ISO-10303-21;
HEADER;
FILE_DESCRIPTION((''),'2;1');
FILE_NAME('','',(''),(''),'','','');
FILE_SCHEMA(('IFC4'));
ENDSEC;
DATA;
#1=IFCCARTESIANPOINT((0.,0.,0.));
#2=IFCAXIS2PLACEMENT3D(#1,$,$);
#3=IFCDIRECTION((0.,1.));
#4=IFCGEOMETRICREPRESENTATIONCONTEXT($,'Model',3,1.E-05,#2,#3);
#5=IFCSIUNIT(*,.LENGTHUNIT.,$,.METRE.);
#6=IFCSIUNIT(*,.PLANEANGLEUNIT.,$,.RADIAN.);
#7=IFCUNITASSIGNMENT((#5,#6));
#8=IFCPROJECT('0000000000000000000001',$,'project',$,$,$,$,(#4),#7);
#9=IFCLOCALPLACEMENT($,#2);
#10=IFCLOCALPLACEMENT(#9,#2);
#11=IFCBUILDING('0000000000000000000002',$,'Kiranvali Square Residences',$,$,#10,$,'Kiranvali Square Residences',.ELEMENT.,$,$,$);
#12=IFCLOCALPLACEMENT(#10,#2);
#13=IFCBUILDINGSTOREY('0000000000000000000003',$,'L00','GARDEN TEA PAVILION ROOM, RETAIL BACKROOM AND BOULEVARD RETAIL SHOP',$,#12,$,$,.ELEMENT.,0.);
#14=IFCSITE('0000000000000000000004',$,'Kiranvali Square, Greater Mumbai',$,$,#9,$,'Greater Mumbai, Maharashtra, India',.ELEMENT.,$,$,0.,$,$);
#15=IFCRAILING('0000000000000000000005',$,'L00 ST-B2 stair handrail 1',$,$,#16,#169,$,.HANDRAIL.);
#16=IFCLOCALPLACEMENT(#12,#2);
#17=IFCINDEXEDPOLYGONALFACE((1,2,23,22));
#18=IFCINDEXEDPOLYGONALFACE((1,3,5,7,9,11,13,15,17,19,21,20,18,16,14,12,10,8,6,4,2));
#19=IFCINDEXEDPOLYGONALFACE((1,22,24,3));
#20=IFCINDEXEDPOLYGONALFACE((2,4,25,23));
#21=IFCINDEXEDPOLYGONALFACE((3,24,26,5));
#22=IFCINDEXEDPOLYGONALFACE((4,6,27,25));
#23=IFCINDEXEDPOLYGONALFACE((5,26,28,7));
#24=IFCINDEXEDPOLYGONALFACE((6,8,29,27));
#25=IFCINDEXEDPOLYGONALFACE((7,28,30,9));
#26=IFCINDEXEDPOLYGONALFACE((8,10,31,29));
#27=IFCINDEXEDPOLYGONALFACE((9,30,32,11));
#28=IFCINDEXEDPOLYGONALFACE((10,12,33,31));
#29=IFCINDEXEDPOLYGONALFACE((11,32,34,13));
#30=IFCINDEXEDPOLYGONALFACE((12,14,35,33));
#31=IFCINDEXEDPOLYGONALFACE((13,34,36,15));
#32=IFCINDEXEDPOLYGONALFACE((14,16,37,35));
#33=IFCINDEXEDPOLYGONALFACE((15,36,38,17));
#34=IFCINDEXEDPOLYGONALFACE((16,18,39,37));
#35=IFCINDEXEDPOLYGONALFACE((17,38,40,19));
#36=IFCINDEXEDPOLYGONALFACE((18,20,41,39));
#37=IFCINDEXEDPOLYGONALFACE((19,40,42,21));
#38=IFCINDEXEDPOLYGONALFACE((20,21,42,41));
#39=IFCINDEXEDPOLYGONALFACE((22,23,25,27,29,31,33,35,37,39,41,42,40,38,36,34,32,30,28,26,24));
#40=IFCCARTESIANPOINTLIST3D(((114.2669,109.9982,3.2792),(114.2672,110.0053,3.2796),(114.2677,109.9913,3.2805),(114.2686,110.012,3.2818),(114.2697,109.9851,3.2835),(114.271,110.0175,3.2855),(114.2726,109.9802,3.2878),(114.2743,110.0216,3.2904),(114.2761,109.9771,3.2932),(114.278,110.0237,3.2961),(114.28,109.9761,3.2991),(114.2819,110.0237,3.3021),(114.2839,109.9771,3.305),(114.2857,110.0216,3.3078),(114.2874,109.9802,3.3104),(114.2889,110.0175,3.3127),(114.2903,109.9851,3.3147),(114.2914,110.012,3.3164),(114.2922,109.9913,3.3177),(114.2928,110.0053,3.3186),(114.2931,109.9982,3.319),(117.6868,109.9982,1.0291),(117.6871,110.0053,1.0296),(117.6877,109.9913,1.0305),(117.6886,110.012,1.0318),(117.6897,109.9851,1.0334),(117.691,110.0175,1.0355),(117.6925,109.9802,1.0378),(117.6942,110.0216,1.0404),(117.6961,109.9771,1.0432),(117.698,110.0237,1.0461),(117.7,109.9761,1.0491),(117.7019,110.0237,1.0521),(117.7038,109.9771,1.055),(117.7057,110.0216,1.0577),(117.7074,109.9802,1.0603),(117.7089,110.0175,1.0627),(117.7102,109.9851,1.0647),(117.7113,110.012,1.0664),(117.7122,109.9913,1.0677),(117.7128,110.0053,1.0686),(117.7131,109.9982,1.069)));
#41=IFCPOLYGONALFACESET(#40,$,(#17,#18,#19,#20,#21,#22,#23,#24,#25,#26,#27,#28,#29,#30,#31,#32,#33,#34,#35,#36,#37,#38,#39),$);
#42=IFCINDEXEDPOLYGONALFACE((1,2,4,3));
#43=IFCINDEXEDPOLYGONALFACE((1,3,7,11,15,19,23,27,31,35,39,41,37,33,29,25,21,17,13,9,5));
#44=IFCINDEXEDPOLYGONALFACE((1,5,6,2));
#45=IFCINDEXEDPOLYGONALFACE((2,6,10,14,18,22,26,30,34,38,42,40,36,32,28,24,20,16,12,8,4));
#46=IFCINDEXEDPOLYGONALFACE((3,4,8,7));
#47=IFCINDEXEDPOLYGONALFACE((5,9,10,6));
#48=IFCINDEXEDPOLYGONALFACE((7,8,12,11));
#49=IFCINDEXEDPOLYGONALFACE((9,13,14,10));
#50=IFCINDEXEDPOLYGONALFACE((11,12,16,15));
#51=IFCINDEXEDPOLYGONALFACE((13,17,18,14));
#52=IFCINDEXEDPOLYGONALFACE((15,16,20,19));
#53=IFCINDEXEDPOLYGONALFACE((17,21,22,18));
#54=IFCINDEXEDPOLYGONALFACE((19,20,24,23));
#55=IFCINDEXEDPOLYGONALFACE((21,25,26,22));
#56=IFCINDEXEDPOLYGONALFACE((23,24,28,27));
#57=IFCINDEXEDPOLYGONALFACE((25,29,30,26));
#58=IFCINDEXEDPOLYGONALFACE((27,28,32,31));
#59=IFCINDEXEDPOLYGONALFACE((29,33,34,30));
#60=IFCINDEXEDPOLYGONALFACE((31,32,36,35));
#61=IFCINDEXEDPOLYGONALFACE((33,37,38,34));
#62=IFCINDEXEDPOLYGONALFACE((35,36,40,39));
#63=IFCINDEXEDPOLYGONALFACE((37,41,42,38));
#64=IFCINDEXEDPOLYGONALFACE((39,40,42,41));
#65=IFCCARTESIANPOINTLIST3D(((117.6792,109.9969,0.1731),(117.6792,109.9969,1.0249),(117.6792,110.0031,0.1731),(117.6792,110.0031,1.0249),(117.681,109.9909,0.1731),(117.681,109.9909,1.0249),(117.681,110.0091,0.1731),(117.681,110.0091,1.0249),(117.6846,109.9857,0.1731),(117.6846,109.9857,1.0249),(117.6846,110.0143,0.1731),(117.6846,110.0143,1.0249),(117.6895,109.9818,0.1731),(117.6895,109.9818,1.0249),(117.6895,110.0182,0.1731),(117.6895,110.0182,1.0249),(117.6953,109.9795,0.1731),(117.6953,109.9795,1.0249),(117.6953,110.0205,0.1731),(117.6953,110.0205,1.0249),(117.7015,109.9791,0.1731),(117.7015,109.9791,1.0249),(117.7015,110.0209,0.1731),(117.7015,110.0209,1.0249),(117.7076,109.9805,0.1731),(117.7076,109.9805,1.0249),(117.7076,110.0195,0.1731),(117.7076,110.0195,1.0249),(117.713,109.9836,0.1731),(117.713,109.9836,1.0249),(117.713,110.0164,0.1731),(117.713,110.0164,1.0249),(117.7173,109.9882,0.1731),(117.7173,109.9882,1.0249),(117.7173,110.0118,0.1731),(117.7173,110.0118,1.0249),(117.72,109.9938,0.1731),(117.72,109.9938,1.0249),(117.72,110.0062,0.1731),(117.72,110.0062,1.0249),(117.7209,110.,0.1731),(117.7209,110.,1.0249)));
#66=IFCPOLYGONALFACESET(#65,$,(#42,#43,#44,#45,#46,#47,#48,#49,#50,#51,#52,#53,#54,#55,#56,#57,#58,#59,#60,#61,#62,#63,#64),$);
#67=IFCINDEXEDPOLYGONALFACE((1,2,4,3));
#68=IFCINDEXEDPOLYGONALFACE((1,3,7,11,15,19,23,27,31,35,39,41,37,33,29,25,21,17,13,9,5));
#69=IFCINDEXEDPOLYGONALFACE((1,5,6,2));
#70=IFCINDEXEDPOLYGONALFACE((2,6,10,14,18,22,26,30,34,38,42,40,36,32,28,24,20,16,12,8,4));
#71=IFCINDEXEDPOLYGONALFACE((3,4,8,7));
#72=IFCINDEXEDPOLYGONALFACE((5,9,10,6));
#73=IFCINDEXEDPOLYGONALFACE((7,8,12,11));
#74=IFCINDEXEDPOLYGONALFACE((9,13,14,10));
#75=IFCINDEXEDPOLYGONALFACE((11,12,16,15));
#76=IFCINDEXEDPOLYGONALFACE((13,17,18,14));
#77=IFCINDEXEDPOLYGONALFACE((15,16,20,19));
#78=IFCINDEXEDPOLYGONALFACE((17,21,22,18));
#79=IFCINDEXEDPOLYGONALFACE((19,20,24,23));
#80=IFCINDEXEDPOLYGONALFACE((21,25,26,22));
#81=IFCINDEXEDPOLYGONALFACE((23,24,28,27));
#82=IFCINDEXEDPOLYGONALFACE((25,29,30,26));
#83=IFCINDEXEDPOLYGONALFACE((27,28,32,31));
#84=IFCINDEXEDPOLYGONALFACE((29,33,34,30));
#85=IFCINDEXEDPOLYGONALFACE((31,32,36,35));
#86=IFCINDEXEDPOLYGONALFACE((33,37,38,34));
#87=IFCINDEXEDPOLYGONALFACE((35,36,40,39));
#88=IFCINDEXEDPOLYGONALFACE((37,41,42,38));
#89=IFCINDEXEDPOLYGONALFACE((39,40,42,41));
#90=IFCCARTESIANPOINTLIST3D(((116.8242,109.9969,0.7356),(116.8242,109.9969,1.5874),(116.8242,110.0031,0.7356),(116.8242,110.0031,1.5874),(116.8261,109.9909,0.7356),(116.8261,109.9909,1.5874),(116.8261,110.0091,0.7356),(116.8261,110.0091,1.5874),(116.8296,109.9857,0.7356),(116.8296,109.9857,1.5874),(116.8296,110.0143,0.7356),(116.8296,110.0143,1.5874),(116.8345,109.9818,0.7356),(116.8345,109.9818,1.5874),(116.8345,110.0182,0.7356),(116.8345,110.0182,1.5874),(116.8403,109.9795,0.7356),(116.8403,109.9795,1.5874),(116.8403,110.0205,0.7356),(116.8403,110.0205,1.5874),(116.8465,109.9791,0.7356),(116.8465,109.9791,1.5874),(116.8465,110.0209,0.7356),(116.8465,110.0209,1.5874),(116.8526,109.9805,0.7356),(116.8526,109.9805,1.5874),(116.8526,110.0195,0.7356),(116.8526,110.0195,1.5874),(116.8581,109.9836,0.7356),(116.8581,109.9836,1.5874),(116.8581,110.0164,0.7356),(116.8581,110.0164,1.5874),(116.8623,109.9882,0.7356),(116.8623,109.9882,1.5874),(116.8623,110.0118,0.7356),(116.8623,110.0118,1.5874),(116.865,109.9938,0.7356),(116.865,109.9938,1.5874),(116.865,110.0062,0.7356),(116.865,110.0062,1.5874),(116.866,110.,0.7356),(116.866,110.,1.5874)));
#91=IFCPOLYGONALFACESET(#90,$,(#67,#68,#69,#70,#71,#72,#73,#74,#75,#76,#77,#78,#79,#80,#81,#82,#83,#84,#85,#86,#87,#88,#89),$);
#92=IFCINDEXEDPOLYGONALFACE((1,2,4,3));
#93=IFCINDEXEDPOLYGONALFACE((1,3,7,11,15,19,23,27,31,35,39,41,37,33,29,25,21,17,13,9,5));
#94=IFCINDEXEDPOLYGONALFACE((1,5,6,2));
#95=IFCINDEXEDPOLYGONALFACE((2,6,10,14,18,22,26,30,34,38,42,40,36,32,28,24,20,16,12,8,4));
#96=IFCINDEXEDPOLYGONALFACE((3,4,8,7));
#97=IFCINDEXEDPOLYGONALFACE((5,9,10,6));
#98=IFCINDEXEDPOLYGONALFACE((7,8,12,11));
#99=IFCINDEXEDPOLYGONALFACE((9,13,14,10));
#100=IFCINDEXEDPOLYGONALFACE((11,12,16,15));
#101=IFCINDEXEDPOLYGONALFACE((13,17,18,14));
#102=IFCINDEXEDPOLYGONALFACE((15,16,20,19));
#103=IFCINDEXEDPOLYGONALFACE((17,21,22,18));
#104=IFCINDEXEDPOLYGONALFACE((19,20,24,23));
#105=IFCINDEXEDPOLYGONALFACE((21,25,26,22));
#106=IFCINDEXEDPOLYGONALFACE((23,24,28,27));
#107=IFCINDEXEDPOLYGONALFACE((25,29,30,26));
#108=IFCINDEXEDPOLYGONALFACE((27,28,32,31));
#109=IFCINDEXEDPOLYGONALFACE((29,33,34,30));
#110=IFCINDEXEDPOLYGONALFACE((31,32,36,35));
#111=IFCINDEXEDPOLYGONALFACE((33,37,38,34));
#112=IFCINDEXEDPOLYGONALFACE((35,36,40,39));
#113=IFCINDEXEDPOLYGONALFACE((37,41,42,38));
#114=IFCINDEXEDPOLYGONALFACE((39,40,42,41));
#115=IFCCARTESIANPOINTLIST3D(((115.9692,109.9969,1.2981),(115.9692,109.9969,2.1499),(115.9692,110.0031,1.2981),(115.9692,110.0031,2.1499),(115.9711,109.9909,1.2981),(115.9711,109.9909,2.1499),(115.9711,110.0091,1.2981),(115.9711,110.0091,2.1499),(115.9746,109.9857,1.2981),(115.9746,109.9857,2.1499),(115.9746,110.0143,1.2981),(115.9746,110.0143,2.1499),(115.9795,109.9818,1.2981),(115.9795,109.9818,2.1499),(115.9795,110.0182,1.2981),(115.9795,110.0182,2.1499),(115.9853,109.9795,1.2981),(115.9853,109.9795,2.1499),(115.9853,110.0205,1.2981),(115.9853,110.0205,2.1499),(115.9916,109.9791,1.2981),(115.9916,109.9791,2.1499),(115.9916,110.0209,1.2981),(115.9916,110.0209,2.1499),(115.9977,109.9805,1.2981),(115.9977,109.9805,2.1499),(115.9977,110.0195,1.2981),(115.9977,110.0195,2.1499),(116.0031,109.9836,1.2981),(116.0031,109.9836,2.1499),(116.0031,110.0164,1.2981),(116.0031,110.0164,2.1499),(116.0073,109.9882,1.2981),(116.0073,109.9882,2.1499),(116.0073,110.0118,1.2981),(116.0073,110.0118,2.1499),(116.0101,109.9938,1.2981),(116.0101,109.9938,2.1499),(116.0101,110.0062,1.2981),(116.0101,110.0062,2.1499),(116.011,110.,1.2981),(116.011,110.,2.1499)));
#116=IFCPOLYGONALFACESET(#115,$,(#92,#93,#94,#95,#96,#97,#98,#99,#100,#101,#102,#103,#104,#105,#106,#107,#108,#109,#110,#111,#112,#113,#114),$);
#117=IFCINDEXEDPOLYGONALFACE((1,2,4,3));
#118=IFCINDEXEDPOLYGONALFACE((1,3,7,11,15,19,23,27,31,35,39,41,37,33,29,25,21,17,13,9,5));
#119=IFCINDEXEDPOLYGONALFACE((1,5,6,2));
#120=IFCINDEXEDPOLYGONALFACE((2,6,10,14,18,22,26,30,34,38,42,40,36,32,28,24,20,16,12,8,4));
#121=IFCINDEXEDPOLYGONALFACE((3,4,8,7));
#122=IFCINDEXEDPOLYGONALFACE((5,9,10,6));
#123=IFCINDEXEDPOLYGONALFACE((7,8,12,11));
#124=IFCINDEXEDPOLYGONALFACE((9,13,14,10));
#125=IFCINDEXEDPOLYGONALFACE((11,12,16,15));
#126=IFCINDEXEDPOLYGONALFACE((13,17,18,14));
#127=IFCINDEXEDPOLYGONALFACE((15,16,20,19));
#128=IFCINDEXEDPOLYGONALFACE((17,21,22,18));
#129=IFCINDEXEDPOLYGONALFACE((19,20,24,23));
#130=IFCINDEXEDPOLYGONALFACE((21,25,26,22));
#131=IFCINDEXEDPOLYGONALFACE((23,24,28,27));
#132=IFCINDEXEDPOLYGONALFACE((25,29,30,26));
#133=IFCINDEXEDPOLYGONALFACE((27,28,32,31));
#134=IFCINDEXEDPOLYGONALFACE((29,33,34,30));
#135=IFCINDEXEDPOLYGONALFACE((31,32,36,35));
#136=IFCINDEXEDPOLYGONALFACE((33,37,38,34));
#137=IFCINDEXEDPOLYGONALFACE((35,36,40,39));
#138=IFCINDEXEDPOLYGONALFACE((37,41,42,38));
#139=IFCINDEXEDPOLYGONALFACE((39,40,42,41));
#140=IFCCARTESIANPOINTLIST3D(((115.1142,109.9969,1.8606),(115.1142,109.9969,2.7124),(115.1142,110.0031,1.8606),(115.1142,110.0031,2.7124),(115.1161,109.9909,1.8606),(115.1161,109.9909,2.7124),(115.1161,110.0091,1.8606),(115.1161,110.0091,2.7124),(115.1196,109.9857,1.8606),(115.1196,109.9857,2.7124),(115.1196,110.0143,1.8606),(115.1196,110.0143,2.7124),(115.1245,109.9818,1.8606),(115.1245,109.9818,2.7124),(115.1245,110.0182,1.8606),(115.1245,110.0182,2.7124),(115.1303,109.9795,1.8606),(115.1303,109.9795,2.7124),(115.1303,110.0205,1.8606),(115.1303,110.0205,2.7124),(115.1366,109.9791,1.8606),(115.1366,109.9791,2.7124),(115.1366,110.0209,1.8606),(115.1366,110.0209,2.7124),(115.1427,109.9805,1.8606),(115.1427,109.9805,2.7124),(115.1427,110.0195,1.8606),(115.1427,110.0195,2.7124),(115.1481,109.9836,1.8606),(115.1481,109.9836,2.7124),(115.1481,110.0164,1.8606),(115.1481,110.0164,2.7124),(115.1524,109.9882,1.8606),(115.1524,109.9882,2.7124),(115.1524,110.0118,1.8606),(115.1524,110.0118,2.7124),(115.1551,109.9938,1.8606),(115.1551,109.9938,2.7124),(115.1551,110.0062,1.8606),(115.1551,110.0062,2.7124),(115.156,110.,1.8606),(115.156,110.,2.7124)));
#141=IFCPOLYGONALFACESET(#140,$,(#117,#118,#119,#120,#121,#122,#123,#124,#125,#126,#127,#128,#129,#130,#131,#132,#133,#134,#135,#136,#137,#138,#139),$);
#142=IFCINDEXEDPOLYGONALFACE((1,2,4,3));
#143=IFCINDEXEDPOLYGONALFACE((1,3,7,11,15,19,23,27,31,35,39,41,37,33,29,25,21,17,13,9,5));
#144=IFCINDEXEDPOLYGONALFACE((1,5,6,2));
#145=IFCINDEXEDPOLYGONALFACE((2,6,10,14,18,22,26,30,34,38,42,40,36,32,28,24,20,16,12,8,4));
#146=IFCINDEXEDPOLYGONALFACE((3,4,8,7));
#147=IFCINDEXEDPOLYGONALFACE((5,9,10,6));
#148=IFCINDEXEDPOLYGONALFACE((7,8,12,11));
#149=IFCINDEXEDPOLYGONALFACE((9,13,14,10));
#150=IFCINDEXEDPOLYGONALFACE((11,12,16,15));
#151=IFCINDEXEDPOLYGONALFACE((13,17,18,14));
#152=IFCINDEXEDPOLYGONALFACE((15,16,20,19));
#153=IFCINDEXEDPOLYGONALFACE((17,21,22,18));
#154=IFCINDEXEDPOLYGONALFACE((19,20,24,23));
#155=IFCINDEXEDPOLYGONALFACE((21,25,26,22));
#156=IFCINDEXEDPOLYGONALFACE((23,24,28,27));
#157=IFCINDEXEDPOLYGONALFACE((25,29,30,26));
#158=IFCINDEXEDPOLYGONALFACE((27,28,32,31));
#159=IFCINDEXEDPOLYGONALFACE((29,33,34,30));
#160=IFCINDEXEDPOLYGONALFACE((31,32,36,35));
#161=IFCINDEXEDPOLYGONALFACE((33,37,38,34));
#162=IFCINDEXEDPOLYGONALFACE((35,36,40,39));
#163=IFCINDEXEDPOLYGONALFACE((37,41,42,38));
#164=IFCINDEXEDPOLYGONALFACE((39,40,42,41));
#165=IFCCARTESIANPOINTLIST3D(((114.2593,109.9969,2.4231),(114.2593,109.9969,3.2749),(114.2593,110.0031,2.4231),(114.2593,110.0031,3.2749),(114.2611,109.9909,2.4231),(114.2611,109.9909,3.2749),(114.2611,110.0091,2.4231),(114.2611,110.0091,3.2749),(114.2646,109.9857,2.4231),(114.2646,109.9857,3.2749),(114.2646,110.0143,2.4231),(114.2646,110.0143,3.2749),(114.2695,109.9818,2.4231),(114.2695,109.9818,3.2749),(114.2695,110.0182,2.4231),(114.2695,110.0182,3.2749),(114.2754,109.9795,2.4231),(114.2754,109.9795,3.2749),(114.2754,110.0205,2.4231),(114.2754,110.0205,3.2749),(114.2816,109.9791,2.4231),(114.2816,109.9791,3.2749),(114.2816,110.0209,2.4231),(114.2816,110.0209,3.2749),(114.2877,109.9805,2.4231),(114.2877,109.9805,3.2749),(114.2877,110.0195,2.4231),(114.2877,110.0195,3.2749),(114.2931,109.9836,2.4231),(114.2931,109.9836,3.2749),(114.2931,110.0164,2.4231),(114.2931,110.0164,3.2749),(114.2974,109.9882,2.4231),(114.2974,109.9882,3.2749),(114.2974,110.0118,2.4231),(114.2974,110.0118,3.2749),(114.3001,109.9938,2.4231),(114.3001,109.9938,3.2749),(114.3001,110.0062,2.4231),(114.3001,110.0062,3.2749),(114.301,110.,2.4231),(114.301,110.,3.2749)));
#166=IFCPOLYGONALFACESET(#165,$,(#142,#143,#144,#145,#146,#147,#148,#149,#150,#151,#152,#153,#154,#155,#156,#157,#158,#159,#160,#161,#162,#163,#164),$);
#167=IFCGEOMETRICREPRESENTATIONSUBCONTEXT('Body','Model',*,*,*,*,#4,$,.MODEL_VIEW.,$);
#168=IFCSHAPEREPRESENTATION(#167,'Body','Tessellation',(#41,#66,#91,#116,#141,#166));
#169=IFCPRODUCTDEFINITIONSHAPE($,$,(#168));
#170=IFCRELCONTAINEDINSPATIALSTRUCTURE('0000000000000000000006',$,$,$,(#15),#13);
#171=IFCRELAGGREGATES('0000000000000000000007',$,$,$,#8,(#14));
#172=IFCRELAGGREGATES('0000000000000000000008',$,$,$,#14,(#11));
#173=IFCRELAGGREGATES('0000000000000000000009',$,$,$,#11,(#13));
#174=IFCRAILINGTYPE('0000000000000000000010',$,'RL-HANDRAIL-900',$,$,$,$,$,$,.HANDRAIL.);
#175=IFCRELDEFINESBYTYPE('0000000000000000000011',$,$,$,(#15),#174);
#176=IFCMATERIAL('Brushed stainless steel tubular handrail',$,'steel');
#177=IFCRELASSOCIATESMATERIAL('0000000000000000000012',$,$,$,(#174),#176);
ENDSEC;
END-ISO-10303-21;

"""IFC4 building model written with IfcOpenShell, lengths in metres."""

from ifc_helpers import new_model, si_unit, direction, frame, origin, origin_2d, place, context, subcontext, project, spatial, circle, extrude, material, type_object, element, save


model = new_model("IFC4")

# Units and contexts
model_context = context("Model", 3, precision=1e-05, world=origin(), true_north=direction((0.0, 1.0)))
body_context = subcontext(model_context, "Body", "Model", "MODEL_VIEW")
ifc_project = project(units=[si_unit("LENGTHUNIT", "METRE"), si_unit("PLANEANGLEUNIT", "RADIAN")], contexts=[model_context])

# Site, building, storey
site_placement = place(None, origin())
site = spatial("IfcSite", under=ifc_project, at=site_placement, Name="Kiranvali Square, Greater Mumbai", LongName="Greater Mumbai, Maharashtra, India", CompositionType="ELEMENT", RefElevation=0.0)
building_placement = place(site_placement, origin())
building = spatial("IfcBuilding", under=site, at=building_placement, Name="Kiranvali Square Residences", LongName="Kiranvali Square Residences", CompositionType="ELEMENT")
storey_placement = place(building_placement, origin())
storey = spatial("IfcBuildingStorey", under=building, at=storey_placement, Name="L00", Description="GARDEN TEA PAVILION ROOM, RETAIL BACKROOM AND BOULEVARD RETAIL SHOP", CompositionType="ELEMENT", Elevation=0.0)

# Railing
ifc_material_1 = material(Name="Brushed stainless steel tubular handrail", Category="steel")
railing_type_1 = type_object("IfcRailingType", Name="RL-HANDRAIL-900", PredefinedType="HANDRAIL", material=ifc_material_1)
railing_1_placement = place(storey_placement, frame((117.7, 110.0, 0.1731)))
element("IfcRailing", 1, at=railing_1_placement, inside=storey, type_object=railing_type_1, Name="L00 ST-B2 stair handrail 1", PredefinedType="HANDRAIL", context=body_context, shape_type="SweptSolid", body=[
    extrude(circle(Radius=0.0239, at=origin_2d()), frame((0.0, 0.0, 0.876), z_axis=(-0.835411, 0.0, 0.549625), x_axis=(0.0, -1.0, 0.0)), (0.0, 0.0, 1.0), 4.0938),
    extrude(circle(Radius=0.021, at=origin_2d()), origin(), (0.0, 0.0, 1.0), 0.8518),
    extrude(circle(Radius=0.021, at=origin_2d()), frame((-0.855, 0.0, 0.5625)), (0.0, 0.0, 1.0), 0.8518),
    extrude(circle(Radius=0.021, at=origin_2d()), frame((-1.71, 0.0, 1.125)), (0.0, 0.0, 1.0), 0.8518),
    extrude(circle(Radius=0.021, at=origin_2d()), frame((-2.5649, 0.0, 1.6875)), (0.0, 0.0, 1.0), 0.8518),
    extrude(circle(Radius=0.021, at=origin_2d()), frame((-3.4199, 0.0, 2.25)), (0.0, 0.0, 1.0), 0.8518),
])

save(model, "model.ifc")
